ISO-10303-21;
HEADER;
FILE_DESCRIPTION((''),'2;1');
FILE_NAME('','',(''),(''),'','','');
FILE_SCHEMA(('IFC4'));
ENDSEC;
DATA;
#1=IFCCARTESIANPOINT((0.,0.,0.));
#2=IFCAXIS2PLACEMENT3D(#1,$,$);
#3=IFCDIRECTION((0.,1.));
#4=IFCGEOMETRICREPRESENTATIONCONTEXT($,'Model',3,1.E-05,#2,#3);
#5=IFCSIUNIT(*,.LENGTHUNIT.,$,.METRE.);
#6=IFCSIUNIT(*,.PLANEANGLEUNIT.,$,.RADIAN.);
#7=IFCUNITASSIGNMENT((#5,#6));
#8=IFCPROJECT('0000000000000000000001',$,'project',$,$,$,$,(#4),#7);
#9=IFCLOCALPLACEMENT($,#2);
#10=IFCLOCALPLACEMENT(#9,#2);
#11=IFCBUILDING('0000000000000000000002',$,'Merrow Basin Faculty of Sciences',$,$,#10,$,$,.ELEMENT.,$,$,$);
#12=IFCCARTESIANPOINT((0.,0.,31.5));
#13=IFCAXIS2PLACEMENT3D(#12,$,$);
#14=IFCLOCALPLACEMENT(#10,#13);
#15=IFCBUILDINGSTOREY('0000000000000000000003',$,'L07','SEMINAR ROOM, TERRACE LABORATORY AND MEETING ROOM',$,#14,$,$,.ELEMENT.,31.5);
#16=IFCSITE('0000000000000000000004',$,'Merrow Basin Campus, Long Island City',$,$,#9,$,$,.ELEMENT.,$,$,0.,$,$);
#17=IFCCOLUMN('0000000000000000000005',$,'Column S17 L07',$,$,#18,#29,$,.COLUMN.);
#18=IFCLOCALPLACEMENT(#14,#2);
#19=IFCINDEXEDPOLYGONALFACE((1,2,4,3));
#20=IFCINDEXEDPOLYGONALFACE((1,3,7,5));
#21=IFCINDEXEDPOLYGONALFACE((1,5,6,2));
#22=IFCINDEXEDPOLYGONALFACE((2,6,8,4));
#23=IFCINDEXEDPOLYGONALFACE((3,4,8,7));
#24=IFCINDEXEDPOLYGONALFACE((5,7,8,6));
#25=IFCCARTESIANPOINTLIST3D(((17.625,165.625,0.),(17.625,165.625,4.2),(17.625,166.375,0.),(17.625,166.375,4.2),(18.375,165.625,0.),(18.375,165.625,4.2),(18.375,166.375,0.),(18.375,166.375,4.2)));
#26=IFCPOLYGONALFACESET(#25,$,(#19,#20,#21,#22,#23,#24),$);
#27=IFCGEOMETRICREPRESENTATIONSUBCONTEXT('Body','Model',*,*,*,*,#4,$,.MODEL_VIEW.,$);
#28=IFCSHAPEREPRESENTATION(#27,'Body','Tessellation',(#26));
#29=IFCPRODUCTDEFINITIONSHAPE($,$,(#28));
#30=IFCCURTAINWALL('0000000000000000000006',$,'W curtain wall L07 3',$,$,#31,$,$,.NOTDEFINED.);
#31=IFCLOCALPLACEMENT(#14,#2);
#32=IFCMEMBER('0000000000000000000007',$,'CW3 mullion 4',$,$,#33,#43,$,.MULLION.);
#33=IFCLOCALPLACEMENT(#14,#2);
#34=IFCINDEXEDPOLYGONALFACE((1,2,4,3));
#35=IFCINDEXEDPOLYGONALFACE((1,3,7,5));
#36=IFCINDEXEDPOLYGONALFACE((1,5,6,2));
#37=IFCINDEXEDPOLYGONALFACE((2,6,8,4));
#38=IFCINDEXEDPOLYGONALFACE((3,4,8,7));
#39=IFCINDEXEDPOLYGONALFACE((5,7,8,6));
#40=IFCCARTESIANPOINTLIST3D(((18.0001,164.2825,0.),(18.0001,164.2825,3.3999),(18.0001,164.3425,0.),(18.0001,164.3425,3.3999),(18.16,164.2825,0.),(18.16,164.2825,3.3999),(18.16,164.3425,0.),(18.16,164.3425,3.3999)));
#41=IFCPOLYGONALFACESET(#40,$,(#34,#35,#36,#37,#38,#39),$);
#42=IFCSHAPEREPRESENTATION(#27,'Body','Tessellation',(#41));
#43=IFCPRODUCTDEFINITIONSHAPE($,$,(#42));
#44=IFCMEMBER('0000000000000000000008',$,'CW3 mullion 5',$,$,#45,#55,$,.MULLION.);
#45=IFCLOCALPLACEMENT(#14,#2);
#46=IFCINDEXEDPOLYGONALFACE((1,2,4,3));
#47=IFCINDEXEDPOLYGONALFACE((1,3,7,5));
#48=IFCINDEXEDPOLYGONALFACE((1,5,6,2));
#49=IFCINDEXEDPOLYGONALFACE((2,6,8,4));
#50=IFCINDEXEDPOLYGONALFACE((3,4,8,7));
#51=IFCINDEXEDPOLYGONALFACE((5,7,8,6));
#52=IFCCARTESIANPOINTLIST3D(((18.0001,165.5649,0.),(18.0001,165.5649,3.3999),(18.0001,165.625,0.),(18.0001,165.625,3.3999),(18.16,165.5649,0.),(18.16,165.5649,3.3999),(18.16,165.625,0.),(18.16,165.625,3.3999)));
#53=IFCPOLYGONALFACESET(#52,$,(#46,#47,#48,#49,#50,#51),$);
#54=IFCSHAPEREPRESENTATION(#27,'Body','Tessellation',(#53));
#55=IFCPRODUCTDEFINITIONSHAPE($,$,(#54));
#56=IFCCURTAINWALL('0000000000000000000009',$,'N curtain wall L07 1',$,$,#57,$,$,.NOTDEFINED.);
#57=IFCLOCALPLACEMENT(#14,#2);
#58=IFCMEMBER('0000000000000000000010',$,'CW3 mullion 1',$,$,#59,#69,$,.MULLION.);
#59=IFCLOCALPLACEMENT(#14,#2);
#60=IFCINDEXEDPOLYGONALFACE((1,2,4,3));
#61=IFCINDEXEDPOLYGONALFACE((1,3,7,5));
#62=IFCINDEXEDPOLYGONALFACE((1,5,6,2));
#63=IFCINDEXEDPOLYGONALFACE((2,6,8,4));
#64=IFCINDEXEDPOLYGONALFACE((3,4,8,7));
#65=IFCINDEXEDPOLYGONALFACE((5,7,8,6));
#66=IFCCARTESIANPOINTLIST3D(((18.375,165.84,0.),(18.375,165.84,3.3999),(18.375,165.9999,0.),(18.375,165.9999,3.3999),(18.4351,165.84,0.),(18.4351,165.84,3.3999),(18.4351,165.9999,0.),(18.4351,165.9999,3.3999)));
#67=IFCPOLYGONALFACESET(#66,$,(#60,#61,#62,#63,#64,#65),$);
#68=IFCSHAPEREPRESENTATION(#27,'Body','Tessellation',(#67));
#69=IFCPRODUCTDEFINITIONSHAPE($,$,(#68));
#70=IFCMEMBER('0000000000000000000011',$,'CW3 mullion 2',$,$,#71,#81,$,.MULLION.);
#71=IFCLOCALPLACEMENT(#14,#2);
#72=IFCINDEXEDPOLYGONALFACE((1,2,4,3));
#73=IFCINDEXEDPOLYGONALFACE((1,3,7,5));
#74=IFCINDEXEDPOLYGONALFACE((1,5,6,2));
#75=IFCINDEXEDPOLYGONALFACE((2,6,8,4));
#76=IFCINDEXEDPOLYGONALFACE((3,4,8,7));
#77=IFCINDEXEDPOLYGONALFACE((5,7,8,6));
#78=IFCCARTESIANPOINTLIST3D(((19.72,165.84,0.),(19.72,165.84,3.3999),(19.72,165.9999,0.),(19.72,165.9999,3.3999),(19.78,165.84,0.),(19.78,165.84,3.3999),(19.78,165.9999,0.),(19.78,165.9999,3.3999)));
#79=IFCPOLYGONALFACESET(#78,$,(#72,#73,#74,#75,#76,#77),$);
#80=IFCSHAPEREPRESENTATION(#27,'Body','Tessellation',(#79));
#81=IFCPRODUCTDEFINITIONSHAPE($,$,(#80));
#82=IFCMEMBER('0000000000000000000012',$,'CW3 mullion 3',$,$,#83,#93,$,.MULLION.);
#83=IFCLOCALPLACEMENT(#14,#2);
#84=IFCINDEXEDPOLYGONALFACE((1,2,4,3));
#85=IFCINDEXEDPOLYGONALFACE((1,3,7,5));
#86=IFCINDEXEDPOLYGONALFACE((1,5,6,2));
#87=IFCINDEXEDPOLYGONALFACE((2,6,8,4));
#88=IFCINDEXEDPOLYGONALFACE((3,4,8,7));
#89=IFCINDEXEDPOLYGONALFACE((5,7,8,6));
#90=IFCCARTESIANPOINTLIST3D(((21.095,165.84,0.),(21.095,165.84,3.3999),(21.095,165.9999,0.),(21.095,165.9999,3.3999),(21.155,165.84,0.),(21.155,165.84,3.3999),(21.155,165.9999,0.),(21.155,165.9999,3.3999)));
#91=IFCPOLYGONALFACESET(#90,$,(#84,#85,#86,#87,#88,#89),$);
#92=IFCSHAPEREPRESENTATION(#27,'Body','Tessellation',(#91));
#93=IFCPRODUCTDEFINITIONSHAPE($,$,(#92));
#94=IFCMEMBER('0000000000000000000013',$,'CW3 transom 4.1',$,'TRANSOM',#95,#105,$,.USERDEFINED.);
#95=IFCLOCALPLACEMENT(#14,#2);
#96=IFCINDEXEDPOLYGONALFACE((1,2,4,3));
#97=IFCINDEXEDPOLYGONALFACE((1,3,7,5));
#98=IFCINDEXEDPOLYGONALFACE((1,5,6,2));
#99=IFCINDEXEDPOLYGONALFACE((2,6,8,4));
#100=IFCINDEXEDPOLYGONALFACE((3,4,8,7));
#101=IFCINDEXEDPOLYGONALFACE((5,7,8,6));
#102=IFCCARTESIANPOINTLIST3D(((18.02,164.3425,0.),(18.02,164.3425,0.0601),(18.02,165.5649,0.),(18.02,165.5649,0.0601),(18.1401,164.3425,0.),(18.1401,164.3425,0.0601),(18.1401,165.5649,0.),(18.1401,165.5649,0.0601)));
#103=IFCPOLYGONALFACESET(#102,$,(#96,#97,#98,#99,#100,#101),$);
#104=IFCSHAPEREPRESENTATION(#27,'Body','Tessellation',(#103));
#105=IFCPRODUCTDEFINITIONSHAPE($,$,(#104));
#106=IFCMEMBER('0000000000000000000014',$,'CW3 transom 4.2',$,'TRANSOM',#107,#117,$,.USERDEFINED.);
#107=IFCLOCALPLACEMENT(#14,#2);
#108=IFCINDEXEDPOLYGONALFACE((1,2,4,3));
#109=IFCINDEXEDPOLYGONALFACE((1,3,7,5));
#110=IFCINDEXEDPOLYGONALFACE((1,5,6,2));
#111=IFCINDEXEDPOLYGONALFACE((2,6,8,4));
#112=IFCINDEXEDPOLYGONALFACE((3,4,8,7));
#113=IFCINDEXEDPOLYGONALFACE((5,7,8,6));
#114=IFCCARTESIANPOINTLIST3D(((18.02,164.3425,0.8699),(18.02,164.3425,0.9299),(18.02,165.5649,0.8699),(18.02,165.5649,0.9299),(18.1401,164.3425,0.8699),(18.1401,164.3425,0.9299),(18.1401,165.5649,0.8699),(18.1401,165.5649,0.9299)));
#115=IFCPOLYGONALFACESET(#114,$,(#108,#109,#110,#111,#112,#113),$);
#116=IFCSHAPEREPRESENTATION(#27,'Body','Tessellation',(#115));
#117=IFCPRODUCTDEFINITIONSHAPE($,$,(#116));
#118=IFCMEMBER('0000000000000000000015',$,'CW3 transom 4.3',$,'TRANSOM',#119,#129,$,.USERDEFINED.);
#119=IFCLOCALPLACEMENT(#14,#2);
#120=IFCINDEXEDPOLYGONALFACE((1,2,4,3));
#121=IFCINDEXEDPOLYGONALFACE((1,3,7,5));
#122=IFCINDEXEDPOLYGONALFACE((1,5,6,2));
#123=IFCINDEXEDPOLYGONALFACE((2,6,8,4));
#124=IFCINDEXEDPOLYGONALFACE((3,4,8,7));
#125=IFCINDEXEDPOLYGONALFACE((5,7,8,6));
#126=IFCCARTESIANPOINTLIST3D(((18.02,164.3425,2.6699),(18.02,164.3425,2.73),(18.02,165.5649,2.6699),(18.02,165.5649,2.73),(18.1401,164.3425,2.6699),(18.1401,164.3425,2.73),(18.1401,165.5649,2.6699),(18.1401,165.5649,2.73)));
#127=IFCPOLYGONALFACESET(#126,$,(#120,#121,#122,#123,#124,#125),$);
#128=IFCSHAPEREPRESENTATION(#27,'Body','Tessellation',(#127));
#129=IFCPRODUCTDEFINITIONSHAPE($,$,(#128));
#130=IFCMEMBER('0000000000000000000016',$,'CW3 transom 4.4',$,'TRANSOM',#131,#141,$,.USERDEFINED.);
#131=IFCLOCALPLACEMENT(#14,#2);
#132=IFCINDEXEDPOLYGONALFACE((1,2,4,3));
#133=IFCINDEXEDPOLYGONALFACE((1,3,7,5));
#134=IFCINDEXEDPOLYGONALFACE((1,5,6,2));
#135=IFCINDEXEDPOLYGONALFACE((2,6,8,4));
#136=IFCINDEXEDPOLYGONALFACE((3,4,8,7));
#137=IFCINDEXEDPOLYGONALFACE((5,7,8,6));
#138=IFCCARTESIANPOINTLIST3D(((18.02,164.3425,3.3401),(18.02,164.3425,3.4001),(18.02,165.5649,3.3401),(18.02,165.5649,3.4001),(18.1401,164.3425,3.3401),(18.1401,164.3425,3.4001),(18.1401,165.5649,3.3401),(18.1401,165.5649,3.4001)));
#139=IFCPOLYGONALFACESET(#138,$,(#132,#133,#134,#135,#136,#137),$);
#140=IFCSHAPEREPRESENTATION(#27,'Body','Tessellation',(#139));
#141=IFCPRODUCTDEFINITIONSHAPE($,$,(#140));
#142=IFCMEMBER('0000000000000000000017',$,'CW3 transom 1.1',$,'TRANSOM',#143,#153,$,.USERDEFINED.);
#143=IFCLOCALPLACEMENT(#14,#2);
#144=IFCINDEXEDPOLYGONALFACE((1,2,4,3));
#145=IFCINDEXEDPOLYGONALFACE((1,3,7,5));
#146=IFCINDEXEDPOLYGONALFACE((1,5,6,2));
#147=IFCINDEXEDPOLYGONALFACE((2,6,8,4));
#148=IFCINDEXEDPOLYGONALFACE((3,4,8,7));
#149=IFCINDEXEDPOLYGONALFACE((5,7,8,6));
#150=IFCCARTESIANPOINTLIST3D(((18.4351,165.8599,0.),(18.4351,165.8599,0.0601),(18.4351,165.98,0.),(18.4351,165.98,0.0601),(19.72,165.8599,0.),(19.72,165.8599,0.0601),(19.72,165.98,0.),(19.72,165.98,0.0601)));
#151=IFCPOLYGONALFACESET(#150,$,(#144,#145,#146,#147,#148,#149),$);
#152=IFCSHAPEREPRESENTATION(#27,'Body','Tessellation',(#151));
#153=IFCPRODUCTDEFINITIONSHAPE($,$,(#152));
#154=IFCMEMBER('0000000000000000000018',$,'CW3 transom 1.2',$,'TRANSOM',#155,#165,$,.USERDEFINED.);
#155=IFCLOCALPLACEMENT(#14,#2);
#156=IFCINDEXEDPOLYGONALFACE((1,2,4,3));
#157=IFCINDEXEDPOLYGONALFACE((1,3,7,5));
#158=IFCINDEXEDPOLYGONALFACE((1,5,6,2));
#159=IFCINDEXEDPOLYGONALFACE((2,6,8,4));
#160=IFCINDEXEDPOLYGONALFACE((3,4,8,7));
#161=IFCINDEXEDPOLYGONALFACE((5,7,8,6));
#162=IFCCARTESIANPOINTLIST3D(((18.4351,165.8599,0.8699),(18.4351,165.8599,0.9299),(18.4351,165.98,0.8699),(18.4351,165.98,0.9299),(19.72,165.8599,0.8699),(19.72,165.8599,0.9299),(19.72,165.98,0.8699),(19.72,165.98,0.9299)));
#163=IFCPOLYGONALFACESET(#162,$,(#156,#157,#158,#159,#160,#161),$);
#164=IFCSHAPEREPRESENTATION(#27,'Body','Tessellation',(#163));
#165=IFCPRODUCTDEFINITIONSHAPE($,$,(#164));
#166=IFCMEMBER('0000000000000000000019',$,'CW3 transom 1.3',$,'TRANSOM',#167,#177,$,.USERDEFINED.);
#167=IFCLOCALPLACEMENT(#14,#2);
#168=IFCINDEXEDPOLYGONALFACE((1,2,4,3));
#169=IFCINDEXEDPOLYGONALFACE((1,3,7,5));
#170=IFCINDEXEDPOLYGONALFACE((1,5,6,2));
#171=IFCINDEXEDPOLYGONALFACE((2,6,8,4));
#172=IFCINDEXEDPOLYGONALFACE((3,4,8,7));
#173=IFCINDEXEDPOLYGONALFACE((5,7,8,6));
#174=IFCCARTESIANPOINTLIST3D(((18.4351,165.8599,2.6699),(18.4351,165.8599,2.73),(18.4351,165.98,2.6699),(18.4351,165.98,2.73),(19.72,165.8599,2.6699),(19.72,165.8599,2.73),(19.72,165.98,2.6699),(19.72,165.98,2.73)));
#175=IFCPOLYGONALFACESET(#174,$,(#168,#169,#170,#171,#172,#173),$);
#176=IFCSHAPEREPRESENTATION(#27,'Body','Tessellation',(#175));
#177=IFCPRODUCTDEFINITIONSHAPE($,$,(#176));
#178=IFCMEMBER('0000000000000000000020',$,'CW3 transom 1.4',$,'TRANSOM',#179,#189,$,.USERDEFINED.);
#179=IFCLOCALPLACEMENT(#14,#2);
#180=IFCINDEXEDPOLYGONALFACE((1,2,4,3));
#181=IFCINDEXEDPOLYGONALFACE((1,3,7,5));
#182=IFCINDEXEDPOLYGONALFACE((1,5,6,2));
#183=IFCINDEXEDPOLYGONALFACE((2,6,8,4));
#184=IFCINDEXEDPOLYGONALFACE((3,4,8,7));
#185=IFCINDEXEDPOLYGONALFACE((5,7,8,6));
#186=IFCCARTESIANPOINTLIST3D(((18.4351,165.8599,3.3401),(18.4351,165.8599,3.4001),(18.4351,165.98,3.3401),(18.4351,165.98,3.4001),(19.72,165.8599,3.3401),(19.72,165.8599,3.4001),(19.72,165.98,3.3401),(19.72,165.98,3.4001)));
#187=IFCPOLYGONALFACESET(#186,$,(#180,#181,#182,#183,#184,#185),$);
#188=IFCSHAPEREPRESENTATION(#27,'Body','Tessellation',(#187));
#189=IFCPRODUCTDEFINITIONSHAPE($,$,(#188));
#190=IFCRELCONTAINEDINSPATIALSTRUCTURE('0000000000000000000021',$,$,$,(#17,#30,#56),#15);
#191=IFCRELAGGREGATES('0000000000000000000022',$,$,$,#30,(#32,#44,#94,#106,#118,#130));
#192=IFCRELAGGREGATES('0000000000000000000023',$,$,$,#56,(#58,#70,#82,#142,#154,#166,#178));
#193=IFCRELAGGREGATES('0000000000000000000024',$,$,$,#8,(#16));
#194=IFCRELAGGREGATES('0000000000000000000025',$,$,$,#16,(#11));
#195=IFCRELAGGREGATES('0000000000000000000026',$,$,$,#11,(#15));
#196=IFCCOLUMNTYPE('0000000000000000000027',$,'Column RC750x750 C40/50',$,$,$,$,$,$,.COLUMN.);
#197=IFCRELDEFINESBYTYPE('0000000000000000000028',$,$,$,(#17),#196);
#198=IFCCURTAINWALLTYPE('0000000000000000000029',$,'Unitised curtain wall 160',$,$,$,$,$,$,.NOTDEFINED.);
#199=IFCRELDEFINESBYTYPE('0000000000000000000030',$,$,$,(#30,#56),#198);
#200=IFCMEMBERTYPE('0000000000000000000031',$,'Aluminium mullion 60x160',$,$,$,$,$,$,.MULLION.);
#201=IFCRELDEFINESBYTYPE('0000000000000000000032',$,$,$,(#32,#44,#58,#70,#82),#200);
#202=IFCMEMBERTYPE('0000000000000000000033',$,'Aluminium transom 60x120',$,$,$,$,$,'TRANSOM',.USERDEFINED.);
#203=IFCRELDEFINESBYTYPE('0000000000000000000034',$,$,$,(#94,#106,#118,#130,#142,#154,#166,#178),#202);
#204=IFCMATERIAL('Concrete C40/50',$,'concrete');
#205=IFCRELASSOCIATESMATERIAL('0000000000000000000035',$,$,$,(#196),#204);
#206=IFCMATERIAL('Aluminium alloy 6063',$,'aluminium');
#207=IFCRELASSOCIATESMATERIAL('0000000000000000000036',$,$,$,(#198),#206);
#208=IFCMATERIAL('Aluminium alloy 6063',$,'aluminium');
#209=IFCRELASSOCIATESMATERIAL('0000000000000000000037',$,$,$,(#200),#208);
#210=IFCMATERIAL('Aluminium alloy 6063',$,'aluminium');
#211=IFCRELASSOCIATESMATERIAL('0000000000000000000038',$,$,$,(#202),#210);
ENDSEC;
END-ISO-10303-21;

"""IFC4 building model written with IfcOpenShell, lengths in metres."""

from ifc_helpers import new_model, si_unit, direction, frame, origin, origin_2d, place, context, subcontext, project, spatial, rectangle, extrude, material, material_profile, profile_set, type_object, element, aggregate, save


model = new_model("IFC4")

# Units and contexts
model_context = context("Model", 3, precision=1e-05, world=origin(), true_north=direction((0.0, 1.0)))
body_context = subcontext(model_context, "Body", "Model", "MODEL_VIEW")
ifc_project = project(units=[si_unit("LENGTHUNIT", "METRE"), si_unit("PLANEANGLEUNIT", "RADIAN")], contexts=[model_context])

# Site, building, storey
site_placement = place(None, origin())
site = spatial("IfcSite", under=ifc_project, at=site_placement, Name="Merrow Basin Campus, Long Island City", CompositionType="ELEMENT", RefElevation=0.0)
building_placement = place(site_placement, origin())
building = spatial("IfcBuilding", under=site, at=building_placement, Name="Merrow Basin Faculty of Sciences", CompositionType="ELEMENT")
storey_placement = place(building_placement, frame((0.0, 0.0, 31.5)))
storey = spatial("IfcBuildingStorey", under=building, at=storey_placement, Name="L07", Description="SEMINAR ROOM, TERRACE LABORATORY AND MEETING ROOM", CompositionType="ELEMENT", Elevation=31.5)

# Column
ifc_material_1 = material(Name="Concrete C40/50", Category="concrete")
ifc_material_profile_1 = material_profile(ifc_material_1, rectangle(XDim=0.75, YDim=0.75, at=origin_2d()))
ifc_profile_set_1 = profile_set([ifc_material_profile_1], Name="Concrete C40/50")
column_type = type_object("IfcColumnType", Name="Column RC750x750 C40/50", PredefinedType="COLUMN", material=ifc_profile_set_1)
column_placement = place(storey_placement, frame((18.0, 166.0, 0.0), z_axis=(0.0, 0.0, 1.0), x_axis=(1.0, 0.0, 0.0)))
element("IfcColumn", 1, at=column_placement, inside=storey, type_object=column_type, Name="Column S17 L07", PredefinedType="COLUMN", context=body_context, shape_type="SweptSolid", body=[
    extrude(rectangle(XDim=0.75, YDim=0.75, at=origin_2d()), origin(), (0.0, 0.0, 1.0), 4.2),
])

# Curtain walls, members
ifc_material_2 = material(Name="Aluminium alloy 6063", Category="aluminium")
curtain_wall_type = type_object("IfcCurtainWallType", Name="Unitised curtain wall 160", PredefinedType="NOTDEFINED", material=ifc_material_2)
curtain_wall_1_placement = place(storey_placement, origin())
curtain_wall_1 = element("IfcCurtainWall", 2, at=curtain_wall_1_placement, inside=storey, type_object=curtain_wall_type, Name="W curtain wall L07 3", PredefinedType="NOTDEFINED")
ifc_material_3 = material(Name="Aluminium alloy 6063", Category="aluminium")
ifc_material_profile_2 = material_profile(ifc_material_3, rectangle(XDim=0.1599, YDim=0.0601, at=origin_2d()))
ifc_profile_set_2 = profile_set([ifc_material_profile_2], Name="Aluminium alloy 6063")
member_type_1 = type_object("IfcMemberType", Name="Aluminium mullion 60x160", PredefinedType="MULLION", material=ifc_profile_set_2)
member_1_placement = place(storey_placement, frame((18.0801, 164.3125, 0.0), z_axis=(0.0, 0.0, 1.0), x_axis=(-1.0, 0.0, 0.0)))
member_1 = element("IfcMember", 3, at=member_1_placement, type_object=member_type_1, Name="CW3 mullion 4", PredefinedType="MULLION", context=body_context, shape_type="SweptSolid", body=[
    extrude(rectangle(XDim=0.1599, YDim=0.0601, at=origin_2d()), origin(), (0.0, 0.0, 1.0), 3.3999),
])
member_2_placement = place(storey_placement, frame((18.0801, 165.595, 0.0), z_axis=(0.0, 0.0, 1.0), x_axis=(-1.0, 0.0, 0.0)))
member_2 = element("IfcMember", 4, at=member_2_placement, type_object=member_type_1, Name="CW3 mullion 5", PredefinedType="MULLION", context=body_context, shape_type="SweptSolid", body=[
    extrude(rectangle(XDim=0.1599, YDim=0.0601, at=origin_2d()), origin(), (0.0, 0.0, 1.0), 3.3999),
])
curtain_wall_2_placement = place(storey_placement, origin())
curtain_wall_2 = element("IfcCurtainWall", 5, at=curtain_wall_2_placement, inside=storey, type_object=curtain_wall_type, Name="N curtain wall L07 1", PredefinedType="NOTDEFINED")
member_3_placement = place(storey_placement, frame((18.405, 165.9199, 0.0), z_axis=(0.0, 0.0, 1.0), x_axis=(0.0, 1.0, 0.0)))
member_3 = element("IfcMember", 6, at=member_3_placement, type_object=member_type_1, Name="CW3 mullion 1", PredefinedType="MULLION", context=body_context, shape_type="SweptSolid", body=[
    extrude(rectangle(XDim=0.1599, YDim=0.0601, at=origin_2d()), origin(), (0.0, 0.0, 1.0), 3.3999),
])
member_4_placement = place(storey_placement, frame((19.75, 165.9199, 0.0), z_axis=(0.0, 0.0, 1.0), x_axis=(0.0, 1.0, 0.0)))
member_4 = element("IfcMember", 7, at=member_4_placement, type_object=member_type_1, Name="CW3 mullion 2", PredefinedType="MULLION", context=body_context, shape_type="SweptSolid", body=[
    extrude(rectangle(XDim=0.1599, YDim=0.0601, at=origin_2d()), origin(), (0.0, 0.0, 1.0), 3.3999),
])
member_5_placement = place(storey_placement, frame((21.125, 165.9199, 0.0), z_axis=(0.0, 0.0, 1.0), x_axis=(0.0, 1.0, 0.0)))
member_5 = element("IfcMember", 8, at=member_5_placement, type_object=member_type_1, Name="CW3 mullion 3", PredefinedType="MULLION", context=body_context, shape_type="SweptSolid", body=[
    extrude(rectangle(XDim=0.1599, YDim=0.0601, at=origin_2d()), origin(), (0.0, 0.0, 1.0), 3.3999),
])

# Members
ifc_material_4 = material(Name="Aluminium alloy 6063", Category="aluminium")
ifc_material_profile_3 = material_profile(ifc_material_4, rectangle(XDim=0.1201, YDim=0.0601, at=origin_2d()))
ifc_profile_set_3 = profile_set([ifc_material_profile_3], Name="Aluminium alloy 6063")
member_type_2 = type_object("IfcMemberType", Name="Aluminium transom 60x120", ElementType="TRANSOM", PredefinedType="USERDEFINED", material=ifc_profile_set_3)
member_6_placement = place(storey_placement, frame((18.0801, 164.3425, 0.03), z_axis=(0.0, 1.0, 0.0), x_axis=(-1.0, 0.0, 0.0)))
member_6 = element("IfcMember", 9, at=member_6_placement, type_object=member_type_2, Name="CW3 transom 4.1", ObjectType="TRANSOM", PredefinedType="USERDEFINED", context=body_context, shape_type="SweptSolid", body=[
    extrude(rectangle(XDim=0.1201, YDim=0.0601, at=origin_2d()), origin(), (0.0, 0.0, 1.0), 1.2224),
])
member_7_placement = place(storey_placement, frame((18.0801, 164.3425, 0.8999), z_axis=(0.0, 1.0, 0.0), x_axis=(-1.0, 0.0, 0.0)))
member_7 = element("IfcMember", 10, at=member_7_placement, type_object=member_type_2, Name="CW3 transom 4.2", ObjectType="TRANSOM", PredefinedType="USERDEFINED", context=body_context, shape_type="SweptSolid", body=[
    extrude(rectangle(XDim=0.1201, YDim=0.0601, at=origin_2d()), origin(), (0.0, 0.0, 1.0), 1.2224),
])
member_8_placement = place(storey_placement, frame((18.0801, 164.3425, 2.7), z_axis=(0.0, 1.0, 0.0), x_axis=(-1.0, 0.0, 0.0)))
member_8 = element("IfcMember", 11, at=member_8_placement, type_object=member_type_2, Name="CW3 transom 4.3", ObjectType="TRANSOM", PredefinedType="USERDEFINED", context=body_context, shape_type="SweptSolid", body=[
    extrude(rectangle(XDim=0.1201, YDim=0.0601, at=origin_2d()), origin(), (0.0, 0.0, 1.0), 1.2224),
])
member_9_placement = place(storey_placement, frame((18.0801, 164.3425, 3.3701), z_axis=(0.0, 1.0, 0.0), x_axis=(-1.0, 0.0, 0.0)))
member_9 = element("IfcMember", 12, at=member_9_placement, type_object=member_type_2, Name="CW3 transom 4.4", ObjectType="TRANSOM", PredefinedType="USERDEFINED", context=body_context, shape_type="SweptSolid", body=[
    extrude(rectangle(XDim=0.1201, YDim=0.0601, at=origin_2d()), origin(), (0.0, 0.0, 1.0), 1.2224),
])
member_10_placement = place(storey_placement, frame((18.4351, 165.9199, 0.03), z_axis=(1.0, 0.0, 0.0), x_axis=(0.0, 1.0, 0.0)))
member_10 = element("IfcMember", 13, at=member_10_placement, type_object=member_type_2, Name="CW3 transom 1.1", ObjectType="TRANSOM", PredefinedType="USERDEFINED", context=body_context, shape_type="SweptSolid", body=[
    extrude(rectangle(XDim=0.1201, YDim=0.0601, at=origin_2d()), origin(), (0.0, 0.0, 1.0), 1.2849),
])
member_11_placement = place(storey_placement, frame((18.4351, 165.9199, 0.8999), z_axis=(1.0, 0.0, 0.0), x_axis=(0.0, 1.0, 0.0)))
member_11 = element("IfcMember", 14, at=member_11_placement, type_object=member_type_2, Name="CW3 transom 1.2", ObjectType="TRANSOM", PredefinedType="USERDEFINED", context=body_context, shape_type="SweptSolid", body=[
    extrude(rectangle(XDim=0.1201, YDim=0.0601, at=origin_2d()), origin(), (0.0, 0.0, 1.0), 1.2849),
])
member_12_placement = place(storey_placement, frame((18.4351, 165.9199, 2.7), z_axis=(1.0, 0.0, 0.0), x_axis=(0.0, 1.0, 0.0)))
member_12 = element("IfcMember", 15, at=member_12_placement, type_object=member_type_2, Name="CW3 transom 1.3", ObjectType="TRANSOM", PredefinedType="USERDEFINED", context=body_context, shape_type="SweptSolid", body=[
    extrude(rectangle(XDim=0.1201, YDim=0.0601, at=origin_2d()), origin(), (0.0, 0.0, 1.0), 1.2849),
])
member_13_placement = place(storey_placement, frame((18.4351, 165.9199, 3.3701), z_axis=(1.0, 0.0, 0.0), x_axis=(0.0, 1.0, 0.0)))
member_13 = element("IfcMember", 16, at=member_13_placement, type_object=member_type_2, Name="CW3 transom 1.4", ObjectType="TRANSOM", PredefinedType="USERDEFINED", context=body_context, shape_type="SweptSolid", body=[
    extrude(rectangle(XDim=0.1201, YDim=0.0601, at=origin_2d()), origin(), (0.0, 0.0, 1.0), 1.2849),
])

aggregate(curtain_wall_1, [member_1, member_2, member_6, member_7, member_8, member_9])
aggregate(curtain_wall_2, [member_3, member_4, member_5, member_10, member_11, member_12, member_13])

save(model, "model.ifc")
